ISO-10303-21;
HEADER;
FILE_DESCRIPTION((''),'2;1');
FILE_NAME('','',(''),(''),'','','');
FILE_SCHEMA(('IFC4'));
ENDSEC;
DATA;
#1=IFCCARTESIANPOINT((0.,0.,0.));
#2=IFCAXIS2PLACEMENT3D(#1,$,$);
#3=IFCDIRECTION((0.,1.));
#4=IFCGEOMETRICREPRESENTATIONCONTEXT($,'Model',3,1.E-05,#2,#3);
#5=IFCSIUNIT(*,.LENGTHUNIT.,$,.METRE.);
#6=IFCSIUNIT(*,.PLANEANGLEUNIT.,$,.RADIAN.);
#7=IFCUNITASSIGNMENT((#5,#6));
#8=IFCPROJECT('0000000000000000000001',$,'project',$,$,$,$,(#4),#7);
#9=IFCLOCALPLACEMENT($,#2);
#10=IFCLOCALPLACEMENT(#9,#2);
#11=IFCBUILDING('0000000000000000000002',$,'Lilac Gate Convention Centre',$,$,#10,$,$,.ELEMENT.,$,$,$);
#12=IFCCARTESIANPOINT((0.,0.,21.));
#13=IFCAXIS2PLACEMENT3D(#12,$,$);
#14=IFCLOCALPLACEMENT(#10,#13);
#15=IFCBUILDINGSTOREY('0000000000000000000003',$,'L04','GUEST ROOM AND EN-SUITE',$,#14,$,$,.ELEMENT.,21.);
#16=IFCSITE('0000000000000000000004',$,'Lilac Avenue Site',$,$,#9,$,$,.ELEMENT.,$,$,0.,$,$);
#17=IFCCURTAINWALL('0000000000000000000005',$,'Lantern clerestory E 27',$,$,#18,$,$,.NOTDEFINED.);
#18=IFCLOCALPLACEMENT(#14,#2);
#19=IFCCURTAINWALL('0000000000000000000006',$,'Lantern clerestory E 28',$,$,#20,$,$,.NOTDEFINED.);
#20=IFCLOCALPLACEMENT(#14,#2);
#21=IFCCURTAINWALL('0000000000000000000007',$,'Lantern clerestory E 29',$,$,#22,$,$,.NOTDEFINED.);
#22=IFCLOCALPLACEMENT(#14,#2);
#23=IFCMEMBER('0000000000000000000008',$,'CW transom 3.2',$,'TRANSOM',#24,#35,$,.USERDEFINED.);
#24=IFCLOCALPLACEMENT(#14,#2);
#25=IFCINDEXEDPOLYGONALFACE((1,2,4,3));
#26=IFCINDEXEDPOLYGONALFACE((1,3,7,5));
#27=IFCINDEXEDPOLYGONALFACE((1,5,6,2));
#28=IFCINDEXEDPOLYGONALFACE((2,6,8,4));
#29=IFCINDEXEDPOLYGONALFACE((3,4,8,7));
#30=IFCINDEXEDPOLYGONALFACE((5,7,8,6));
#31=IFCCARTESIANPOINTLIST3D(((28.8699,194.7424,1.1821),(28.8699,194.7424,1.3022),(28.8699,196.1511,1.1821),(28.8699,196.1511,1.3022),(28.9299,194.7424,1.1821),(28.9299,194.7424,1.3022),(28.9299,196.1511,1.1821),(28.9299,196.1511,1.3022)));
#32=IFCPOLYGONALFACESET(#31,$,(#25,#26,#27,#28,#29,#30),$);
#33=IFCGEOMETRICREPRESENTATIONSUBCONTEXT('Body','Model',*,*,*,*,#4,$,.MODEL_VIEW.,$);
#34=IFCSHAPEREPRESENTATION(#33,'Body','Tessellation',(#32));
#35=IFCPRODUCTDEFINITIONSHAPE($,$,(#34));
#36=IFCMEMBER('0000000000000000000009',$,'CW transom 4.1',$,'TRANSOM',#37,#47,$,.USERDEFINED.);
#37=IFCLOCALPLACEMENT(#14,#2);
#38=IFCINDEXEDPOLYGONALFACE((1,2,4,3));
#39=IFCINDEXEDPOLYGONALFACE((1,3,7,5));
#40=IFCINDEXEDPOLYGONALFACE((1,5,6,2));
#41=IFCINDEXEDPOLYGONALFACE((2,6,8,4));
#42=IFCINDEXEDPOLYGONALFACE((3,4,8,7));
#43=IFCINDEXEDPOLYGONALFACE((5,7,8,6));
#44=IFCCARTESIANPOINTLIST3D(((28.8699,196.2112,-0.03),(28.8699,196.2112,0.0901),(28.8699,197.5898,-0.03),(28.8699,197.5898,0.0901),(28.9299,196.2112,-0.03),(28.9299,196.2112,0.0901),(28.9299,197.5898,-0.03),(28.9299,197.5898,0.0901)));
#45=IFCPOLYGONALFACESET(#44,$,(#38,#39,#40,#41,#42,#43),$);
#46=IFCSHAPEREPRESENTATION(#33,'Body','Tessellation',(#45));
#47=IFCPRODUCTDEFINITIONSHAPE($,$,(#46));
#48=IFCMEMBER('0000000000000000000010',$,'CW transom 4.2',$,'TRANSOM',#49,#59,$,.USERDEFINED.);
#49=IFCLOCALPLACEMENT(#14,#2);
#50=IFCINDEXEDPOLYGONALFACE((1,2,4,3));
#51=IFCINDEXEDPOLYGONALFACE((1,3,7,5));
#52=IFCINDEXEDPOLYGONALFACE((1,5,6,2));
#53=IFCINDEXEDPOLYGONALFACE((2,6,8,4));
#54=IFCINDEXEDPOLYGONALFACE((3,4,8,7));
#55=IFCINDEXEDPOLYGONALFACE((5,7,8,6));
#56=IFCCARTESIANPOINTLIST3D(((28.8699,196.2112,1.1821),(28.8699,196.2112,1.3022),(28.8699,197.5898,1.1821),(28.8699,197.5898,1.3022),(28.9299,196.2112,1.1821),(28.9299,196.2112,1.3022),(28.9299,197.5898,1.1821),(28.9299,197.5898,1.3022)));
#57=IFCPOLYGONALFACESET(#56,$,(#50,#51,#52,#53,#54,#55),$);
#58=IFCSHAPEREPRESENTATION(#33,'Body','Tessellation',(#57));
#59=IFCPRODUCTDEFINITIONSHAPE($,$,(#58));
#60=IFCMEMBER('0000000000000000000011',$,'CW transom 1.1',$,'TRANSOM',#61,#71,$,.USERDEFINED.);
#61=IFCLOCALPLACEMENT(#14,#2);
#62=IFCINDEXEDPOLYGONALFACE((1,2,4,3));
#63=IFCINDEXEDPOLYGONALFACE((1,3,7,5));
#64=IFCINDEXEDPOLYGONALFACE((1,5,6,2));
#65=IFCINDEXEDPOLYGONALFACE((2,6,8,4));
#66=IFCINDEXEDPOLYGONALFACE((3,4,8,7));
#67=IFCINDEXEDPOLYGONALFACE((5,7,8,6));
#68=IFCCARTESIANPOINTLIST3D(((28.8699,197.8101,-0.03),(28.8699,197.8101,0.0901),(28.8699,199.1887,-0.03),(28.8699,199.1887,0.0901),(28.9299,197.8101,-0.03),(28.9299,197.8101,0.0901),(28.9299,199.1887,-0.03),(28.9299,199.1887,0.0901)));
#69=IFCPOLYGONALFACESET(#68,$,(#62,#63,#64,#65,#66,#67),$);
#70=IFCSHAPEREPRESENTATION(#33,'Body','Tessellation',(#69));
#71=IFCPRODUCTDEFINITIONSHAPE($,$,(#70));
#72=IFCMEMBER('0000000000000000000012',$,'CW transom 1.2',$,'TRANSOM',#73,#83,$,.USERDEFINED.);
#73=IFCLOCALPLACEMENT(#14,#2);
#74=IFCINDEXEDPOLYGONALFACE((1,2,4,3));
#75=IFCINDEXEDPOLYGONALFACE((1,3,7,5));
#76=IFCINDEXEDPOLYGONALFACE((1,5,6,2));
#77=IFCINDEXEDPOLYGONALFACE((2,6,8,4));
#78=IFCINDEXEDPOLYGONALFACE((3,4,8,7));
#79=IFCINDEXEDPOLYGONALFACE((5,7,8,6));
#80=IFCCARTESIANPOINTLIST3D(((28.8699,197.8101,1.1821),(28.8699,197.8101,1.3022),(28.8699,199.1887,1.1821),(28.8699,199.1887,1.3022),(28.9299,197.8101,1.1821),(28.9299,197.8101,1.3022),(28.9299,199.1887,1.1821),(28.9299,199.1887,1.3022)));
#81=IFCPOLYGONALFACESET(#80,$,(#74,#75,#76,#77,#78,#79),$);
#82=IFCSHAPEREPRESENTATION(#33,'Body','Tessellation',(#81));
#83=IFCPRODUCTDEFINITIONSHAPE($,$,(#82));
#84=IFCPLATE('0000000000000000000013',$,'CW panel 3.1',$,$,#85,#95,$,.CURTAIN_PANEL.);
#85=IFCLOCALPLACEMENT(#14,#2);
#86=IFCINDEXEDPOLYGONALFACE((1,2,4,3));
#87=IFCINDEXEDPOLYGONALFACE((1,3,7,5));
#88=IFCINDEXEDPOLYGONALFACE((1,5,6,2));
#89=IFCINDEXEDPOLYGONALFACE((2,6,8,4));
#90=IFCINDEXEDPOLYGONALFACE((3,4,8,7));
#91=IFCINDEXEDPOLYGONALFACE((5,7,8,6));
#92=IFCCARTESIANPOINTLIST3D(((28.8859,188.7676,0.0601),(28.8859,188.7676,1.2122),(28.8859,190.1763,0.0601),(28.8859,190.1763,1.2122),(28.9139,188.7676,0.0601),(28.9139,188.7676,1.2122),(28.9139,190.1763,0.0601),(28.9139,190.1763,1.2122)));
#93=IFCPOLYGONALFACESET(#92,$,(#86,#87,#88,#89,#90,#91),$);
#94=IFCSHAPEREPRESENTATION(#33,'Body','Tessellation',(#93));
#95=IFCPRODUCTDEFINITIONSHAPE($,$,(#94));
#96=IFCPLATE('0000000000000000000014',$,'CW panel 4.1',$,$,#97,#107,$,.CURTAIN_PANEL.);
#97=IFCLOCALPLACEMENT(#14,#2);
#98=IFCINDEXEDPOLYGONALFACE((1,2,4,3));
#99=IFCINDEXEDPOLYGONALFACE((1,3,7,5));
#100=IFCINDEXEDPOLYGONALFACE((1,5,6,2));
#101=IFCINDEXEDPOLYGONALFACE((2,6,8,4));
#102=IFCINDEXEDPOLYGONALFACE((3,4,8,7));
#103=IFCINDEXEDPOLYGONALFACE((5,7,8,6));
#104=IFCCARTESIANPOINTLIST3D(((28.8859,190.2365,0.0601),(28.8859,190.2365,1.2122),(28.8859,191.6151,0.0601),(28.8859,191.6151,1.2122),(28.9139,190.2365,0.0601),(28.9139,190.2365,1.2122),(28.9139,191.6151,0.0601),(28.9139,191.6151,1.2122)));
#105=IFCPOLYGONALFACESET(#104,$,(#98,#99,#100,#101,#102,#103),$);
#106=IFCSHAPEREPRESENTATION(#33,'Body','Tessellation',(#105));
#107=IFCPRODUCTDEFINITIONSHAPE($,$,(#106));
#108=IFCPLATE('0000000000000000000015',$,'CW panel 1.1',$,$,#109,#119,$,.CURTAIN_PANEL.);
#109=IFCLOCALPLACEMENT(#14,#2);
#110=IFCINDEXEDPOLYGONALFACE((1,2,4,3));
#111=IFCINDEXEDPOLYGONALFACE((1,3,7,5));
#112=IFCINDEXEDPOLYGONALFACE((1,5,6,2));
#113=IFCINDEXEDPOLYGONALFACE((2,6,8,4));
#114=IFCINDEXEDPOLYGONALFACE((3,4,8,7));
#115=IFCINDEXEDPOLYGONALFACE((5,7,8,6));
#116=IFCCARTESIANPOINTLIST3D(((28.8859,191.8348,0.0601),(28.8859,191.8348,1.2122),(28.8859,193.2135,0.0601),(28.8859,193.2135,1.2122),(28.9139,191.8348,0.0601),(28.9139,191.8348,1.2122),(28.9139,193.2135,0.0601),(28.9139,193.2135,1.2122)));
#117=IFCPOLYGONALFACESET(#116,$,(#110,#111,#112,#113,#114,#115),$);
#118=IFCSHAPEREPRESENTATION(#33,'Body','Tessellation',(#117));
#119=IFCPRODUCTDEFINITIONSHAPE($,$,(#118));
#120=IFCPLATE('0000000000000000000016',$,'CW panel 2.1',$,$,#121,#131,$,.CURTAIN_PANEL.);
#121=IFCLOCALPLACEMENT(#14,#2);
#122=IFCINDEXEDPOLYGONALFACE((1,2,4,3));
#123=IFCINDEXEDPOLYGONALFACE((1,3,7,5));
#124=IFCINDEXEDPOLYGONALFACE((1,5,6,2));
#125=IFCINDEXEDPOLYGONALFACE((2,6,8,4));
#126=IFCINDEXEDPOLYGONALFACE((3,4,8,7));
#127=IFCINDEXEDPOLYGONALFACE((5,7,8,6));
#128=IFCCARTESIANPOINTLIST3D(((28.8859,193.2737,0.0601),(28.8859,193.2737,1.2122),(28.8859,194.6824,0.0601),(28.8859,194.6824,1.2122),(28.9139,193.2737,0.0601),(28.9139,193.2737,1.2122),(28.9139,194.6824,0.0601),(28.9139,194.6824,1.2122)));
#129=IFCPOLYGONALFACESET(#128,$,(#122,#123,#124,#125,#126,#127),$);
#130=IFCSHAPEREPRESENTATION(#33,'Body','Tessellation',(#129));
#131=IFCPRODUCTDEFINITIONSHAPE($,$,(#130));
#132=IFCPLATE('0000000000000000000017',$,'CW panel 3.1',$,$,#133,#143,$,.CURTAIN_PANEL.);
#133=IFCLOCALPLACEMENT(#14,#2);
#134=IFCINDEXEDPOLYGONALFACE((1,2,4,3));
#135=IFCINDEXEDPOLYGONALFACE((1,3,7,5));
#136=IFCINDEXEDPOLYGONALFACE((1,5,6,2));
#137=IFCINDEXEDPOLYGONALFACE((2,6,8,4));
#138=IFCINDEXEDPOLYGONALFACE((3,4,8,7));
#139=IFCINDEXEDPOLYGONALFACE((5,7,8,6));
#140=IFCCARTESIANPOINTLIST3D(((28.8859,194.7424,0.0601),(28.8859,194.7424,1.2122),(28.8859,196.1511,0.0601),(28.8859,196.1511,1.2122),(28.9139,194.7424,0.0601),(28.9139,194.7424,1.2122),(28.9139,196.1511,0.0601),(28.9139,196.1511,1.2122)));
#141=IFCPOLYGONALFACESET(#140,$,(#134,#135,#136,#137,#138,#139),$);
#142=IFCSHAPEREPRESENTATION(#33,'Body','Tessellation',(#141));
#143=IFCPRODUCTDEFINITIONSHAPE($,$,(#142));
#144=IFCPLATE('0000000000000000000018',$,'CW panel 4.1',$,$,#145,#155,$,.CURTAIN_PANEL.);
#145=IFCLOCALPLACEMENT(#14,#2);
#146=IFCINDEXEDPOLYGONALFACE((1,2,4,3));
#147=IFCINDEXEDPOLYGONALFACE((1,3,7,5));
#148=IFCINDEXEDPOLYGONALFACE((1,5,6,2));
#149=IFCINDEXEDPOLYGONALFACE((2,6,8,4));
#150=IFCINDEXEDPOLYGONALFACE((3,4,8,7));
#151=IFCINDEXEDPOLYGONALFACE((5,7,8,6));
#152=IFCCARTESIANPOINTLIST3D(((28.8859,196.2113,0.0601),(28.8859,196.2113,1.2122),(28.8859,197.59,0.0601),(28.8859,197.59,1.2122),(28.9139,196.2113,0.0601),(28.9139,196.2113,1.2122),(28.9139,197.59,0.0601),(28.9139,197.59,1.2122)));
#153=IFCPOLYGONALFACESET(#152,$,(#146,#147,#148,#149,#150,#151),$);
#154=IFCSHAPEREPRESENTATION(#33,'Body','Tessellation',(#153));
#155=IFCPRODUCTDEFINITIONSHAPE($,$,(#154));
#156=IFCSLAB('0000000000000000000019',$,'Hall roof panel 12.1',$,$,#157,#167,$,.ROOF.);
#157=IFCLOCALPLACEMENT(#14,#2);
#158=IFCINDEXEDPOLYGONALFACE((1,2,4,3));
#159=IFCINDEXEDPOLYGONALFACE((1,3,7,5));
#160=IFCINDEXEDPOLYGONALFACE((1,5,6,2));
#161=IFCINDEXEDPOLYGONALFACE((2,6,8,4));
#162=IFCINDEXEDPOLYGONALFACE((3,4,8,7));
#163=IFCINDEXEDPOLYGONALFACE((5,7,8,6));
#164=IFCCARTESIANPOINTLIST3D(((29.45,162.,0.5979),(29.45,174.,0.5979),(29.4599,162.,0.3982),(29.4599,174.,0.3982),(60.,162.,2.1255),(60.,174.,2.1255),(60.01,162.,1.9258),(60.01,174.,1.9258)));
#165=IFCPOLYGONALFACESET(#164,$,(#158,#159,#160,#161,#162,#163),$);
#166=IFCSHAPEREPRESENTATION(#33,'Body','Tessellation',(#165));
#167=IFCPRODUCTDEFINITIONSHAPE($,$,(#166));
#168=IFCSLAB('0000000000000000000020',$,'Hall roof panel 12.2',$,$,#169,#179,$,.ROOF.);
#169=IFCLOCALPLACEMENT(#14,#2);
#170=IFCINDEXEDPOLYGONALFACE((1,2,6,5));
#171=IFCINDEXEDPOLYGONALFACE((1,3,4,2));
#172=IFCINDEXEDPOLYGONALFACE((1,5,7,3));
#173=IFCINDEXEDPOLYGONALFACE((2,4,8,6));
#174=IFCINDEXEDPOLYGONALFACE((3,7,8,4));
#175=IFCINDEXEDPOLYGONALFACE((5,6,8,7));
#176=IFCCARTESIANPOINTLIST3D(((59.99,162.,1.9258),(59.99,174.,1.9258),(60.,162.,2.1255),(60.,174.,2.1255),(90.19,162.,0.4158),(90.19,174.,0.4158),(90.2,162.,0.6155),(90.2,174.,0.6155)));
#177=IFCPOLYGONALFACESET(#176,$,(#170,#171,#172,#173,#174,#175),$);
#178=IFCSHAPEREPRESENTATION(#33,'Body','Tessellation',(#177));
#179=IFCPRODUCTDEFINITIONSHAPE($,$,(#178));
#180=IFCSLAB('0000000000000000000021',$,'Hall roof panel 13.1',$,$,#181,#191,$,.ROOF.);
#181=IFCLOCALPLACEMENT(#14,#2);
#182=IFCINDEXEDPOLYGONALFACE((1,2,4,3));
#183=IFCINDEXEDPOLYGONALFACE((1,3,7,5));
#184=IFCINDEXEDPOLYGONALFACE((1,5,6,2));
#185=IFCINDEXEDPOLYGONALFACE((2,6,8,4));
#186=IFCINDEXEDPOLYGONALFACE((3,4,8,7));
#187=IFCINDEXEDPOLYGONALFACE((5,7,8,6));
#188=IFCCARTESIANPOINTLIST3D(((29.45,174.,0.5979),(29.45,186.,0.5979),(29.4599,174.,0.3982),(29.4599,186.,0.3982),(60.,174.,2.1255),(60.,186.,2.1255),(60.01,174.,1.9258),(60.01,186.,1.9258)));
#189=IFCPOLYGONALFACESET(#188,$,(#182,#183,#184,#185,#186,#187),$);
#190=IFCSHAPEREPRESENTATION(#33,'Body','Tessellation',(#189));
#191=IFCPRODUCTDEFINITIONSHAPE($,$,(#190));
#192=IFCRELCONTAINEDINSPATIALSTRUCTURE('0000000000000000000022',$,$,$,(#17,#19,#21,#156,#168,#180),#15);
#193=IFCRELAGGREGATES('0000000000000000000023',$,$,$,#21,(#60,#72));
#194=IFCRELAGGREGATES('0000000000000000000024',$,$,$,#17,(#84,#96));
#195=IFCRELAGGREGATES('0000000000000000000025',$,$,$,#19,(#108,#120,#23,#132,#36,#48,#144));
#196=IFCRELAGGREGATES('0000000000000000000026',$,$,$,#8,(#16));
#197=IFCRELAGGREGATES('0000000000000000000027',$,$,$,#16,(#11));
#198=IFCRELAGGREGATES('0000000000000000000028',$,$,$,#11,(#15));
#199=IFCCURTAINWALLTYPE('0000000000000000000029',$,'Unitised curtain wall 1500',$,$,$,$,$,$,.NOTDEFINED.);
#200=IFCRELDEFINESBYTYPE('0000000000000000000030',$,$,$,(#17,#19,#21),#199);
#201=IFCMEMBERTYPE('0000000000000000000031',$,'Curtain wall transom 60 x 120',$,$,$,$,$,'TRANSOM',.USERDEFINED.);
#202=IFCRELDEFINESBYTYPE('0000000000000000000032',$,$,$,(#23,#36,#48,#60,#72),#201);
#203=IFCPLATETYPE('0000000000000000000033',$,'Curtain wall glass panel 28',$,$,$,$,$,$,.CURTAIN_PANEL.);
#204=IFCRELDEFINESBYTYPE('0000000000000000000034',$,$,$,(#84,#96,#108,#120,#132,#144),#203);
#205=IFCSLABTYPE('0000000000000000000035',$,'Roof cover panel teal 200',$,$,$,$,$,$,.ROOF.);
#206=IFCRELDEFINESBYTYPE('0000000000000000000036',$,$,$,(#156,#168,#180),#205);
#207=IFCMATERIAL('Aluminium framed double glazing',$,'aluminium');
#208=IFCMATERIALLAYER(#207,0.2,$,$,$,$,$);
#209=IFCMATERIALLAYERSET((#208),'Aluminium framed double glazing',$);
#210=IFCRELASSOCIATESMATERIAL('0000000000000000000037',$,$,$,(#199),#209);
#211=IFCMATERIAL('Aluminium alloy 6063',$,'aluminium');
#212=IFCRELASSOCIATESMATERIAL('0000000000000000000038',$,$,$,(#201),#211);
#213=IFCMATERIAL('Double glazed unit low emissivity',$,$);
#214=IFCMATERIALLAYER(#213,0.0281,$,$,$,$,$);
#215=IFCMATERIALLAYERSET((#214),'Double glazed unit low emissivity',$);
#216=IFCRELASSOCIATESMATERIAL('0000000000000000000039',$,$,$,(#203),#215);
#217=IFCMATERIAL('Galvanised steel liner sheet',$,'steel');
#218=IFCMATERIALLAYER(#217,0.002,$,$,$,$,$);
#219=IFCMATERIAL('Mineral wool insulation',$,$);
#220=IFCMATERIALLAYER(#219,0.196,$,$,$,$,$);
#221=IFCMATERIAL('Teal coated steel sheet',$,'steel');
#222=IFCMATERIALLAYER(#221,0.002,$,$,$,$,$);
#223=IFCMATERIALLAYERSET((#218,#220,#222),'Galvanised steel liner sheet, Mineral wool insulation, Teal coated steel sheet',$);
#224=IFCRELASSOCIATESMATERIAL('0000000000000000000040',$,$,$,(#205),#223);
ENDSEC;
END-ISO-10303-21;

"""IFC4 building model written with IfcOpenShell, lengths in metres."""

from ifc_helpers import new_model, si_unit, direction, frame, origin, origin_2d, place, context, subcontext, project, spatial, polyline, rectangle, outline, extrude, material, layer, layer_set, material_profile, profile_set, type_object, element, aggregate, save


model = new_model("IFC4")

# Units and contexts
model_context = context("Model", 3, precision=1e-05, world=origin(), true_north=direction((0.0, 1.0)))
body_context = subcontext(model_context, "Body", "Model", "MODEL_VIEW")
ifc_project = project(units=[si_unit("LENGTHUNIT", "METRE"), si_unit("PLANEANGLEUNIT", "RADIAN")], contexts=[model_context])

# Site, building, storey
site_placement = place(None, origin())
site = spatial("IfcSite", under=ifc_project, at=site_placement, Name="Lilac Avenue Site", CompositionType="ELEMENT", RefElevation=0.0)
building_placement = place(site_placement, origin())
building = spatial("IfcBuilding", under=site, at=building_placement, Name="Lilac Gate Convention Centre", CompositionType="ELEMENT")
storey_placement = place(building_placement, frame((0.0, 0.0, 21.0)))
storey = spatial("IfcBuildingStorey", under=building, at=storey_placement, Name="L04", Description="GUEST ROOM AND EN-SUITE", CompositionType="ELEMENT", Elevation=21.0)

# Curtain walls
ifc_material_1 = material(Name="Aluminium framed double glazing", Category="aluminium")
ifc_layer_1 = layer(ifc_material_1, 0.2)
ifc_layer_set_1 = layer_set([ifc_layer_1], Name="Aluminium framed double glazing")
curtain_wall_type = type_object("IfcCurtainWallType", Name="Unitised curtain wall 1500", PredefinedType="NOTDEFINED", material=ifc_layer_set_1)
curtain_wall_1_placement = place(storey_placement, origin())
curtain_wall_1 = element("IfcCurtainWall", 1, at=curtain_wall_1_placement, inside=storey, type_object=curtain_wall_type, Name="Lantern clerestory E 27", PredefinedType="NOTDEFINED")
ifc_material_2 = material(Name="Aluminium alloy 6063", Category="aluminium")
curtain_wall_2_placement = place(storey_placement, origin())
curtain_wall_2 = element("IfcCurtainWall", 2, at=curtain_wall_2_placement, inside=storey, type_object=curtain_wall_type, Name="Lantern clerestory E 28", PredefinedType="NOTDEFINED")

# Curtain wall
curtain_wall_3_placement = place(storey_placement, origin())
curtain_wall_3 = element("IfcCurtainWall", 3, at=curtain_wall_3_placement, inside=storey, type_object=curtain_wall_type, Name="Lantern clerestory E 29", PredefinedType="NOTDEFINED")

# Members
ifc_material_profile_1 = material_profile(ifc_material_2, rectangle(XDim=0.0601, YDim=0.1201, at=origin_2d()), Name="Curtain wall transom 60 x 120")
ifc_profile_set_1 = profile_set([ifc_material_profile_1], Name="Aluminium alloy 6063")
member_type_1 = type_object("IfcMemberType", Name="Curtain wall transom 60 x 120", ElementType="TRANSOM", PredefinedType="USERDEFINED", material=ifc_profile_set_1)
member_1_placement = place(storey_placement, frame((28.8999, 194.7424, 1.2422), z_axis=(0.0, 1.0, 0.0), x_axis=(-1.0, 0.0, 0.0)))
member_1 = element("IfcMember", 4, at=member_1_placement, type_object=member_type_1, Name="CW transom 3.2", ObjectType="TRANSOM", PredefinedType="USERDEFINED", context=body_context, shape_type="SweptSolid", body=[
    extrude(rectangle(XDim=0.0601, YDim=0.1201, at=origin_2d()), origin(), (0.0, 0.0, 1.0), 1.4087),
])
member_2_placement = place(storey_placement, frame((28.8999, 196.2112, 0.03), z_axis=(0.0, 1.0, 0.0), x_axis=(-1.0, 0.0, 0.0)))
member_2 = element("IfcMember", 5, at=member_2_placement, type_object=member_type_1, Name="CW transom 4.1", ObjectType="TRANSOM", PredefinedType="USERDEFINED", context=body_context, shape_type="SweptSolid", body=[
    extrude(rectangle(XDim=0.0601, YDim=0.1201, at=origin_2d()), origin(), (0.0, 0.0, 1.0), 1.3787),
])
member_3_placement = place(storey_placement, frame((28.8999, 196.2112, 1.2422), z_axis=(0.0, 1.0, 0.0), x_axis=(-1.0, 0.0, 0.0)))
member_3 = element("IfcMember", 6, at=member_3_placement, type_object=member_type_1, Name="CW transom 4.2", ObjectType="TRANSOM", PredefinedType="USERDEFINED", context=body_context, shape_type="SweptSolid", body=[
    extrude(rectangle(XDim=0.0601, YDim=0.1201, at=origin_2d()), origin(), (0.0, 0.0, 1.0), 1.3787),
])
member_4_placement = place(storey_placement, frame((28.8999, 197.8101, 0.03), z_axis=(0.0, 1.0, 0.0), x_axis=(-1.0, 0.0, 0.0)))
member_4 = element("IfcMember", 7, at=member_4_placement, type_object=member_type_1, Name="CW transom 1.1", ObjectType="TRANSOM", PredefinedType="USERDEFINED", context=body_context, shape_type="SweptSolid", body=[
    extrude(rectangle(XDim=0.0601, YDim=0.1201, at=origin_2d()), origin(), (0.0, 0.0, 1.0), 1.3787),
])
member_5_placement = place(storey_placement, frame((28.8999, 197.8101, 1.2422), z_axis=(0.0, 1.0, 0.0), x_axis=(-1.0, 0.0, 0.0)))
member_5 = element("IfcMember", 8, at=member_5_placement, type_object=member_type_1, Name="CW transom 1.2", ObjectType="TRANSOM", PredefinedType="USERDEFINED", context=body_context, shape_type="SweptSolid", body=[
    extrude(rectangle(XDim=0.0601, YDim=0.1201, at=origin_2d()), origin(), (0.0, 0.0, 1.0), 1.3787),
])
aggregate(curtain_wall_3, [member_4, member_5])

# Plates
ifc_material_3 = material(Name="Double glazed unit low emissivity")
ifc_layer_2 = layer(ifc_material_3, 0.0281)
ifc_layer_set_2 = layer_set([ifc_layer_2], Name="Double glazed unit low emissivity")
plate_type = type_object("IfcPlateType", Name="Curtain wall glass panel 28", PredefinedType="CURTAIN_PANEL", material=ifc_layer_set_2)
plate_1_placement = place(storey_placement, frame((28.8999, 189.4719, 0.0601), z_axis=(0.0, 0.0, 1.0), x_axis=(0.0, 1.0, 0.0)))
plate_1 = element("IfcPlate", 9, at=plate_1_placement, type_object=plate_type, Name="CW panel 3.1", PredefinedType="CURTAIN_PANEL", context=body_context, shape_type="SweptSolid", body=[
    extrude(rectangle(XDim=1.4087, YDim=0.0281, at=origin_2d()), origin(), (0.0, 0.0, 1.0), 1.1521),
])
plate_2_placement = place(storey_placement, frame((28.8999, 190.9258, 0.0601), z_axis=(0.0, 0.0, 1.0), x_axis=(0.0, 1.0, 0.0)))
plate_2 = element("IfcPlate", 10, at=plate_2_placement, type_object=plate_type, Name="CW panel 4.1", PredefinedType="CURTAIN_PANEL", context=body_context, shape_type="SweptSolid", body=[
    extrude(rectangle(XDim=1.3787, YDim=0.0281, at=origin_2d()), origin(), (0.0, 0.0, 1.0), 1.1521),
])
aggregate(curtain_wall_1, [plate_1, plate_2])
plate_3_placement = place(storey_placement, frame((28.8999, 192.5242, 0.0601), z_axis=(0.0, 0.0, 1.0), x_axis=(0.0, 1.0, 0.0)))
plate_3 = element("IfcPlate", 11, at=plate_3_placement, type_object=plate_type, Name="CW panel 1.1", PredefinedType="CURTAIN_PANEL", context=body_context, shape_type="SweptSolid", body=[
    extrude(rectangle(XDim=1.3787, YDim=0.0281, at=origin_2d()), origin(), (0.0, 0.0, 1.0), 1.1521),
])
plate_4_placement = place(storey_placement, frame((28.8999, 193.978, 0.0601), z_axis=(0.0, 0.0, 1.0), x_axis=(0.0, 1.0, 0.0)))
plate_4 = element("IfcPlate", 12, at=plate_4_placement, type_object=plate_type, Name="CW panel 2.1", PredefinedType="CURTAIN_PANEL", context=body_context, shape_type="SweptSolid", body=[
    extrude(rectangle(XDim=1.4087, YDim=0.0281, at=origin_2d()), origin(), (0.0, 0.0, 1.0), 1.1521),
])
plate_5_placement = place(storey_placement, frame((28.8999, 195.4468, 0.0601), z_axis=(0.0, 0.0, 1.0), x_axis=(0.0, 1.0, 0.0)))
plate_5 = element("IfcPlate", 13, at=plate_5_placement, type_object=plate_type, Name="CW panel 3.1", PredefinedType="CURTAIN_PANEL", context=body_context, shape_type="SweptSolid", body=[
    extrude(rectangle(XDim=1.4087, YDim=0.0281, at=origin_2d()), origin(), (0.0, 0.0, 1.0), 1.1521),
])
plate_6_placement = place(storey_placement, frame((28.8999, 196.9006, 0.0601), z_axis=(0.0, 0.0, 1.0), x_axis=(0.0, 1.0, 0.0)))
plate_6 = element("IfcPlate", 14, at=plate_6_placement, type_object=plate_type, Name="CW panel 4.1", PredefinedType="CURTAIN_PANEL", context=body_context, shape_type="SweptSolid", body=[
    extrude(rectangle(XDim=1.3787, YDim=0.0281, at=origin_2d()), origin(), (0.0, 0.0, 1.0), 1.1521),
])
aggregate(curtain_wall_2, [plate_3, plate_4, member_1, plate_5, member_2, member_3, plate_6])

# Slabs
ifc_material_4 = material(Name="Galvanised steel liner sheet", Category="steel")
ifc_layer_3 = layer(ifc_material_4, 0.002)
ifc_material_5 = material(Name="Mineral wool insulation")
ifc_layer_4 = layer(ifc_material_5, 0.196)
ifc_material_6 = material(Name="Teal coated steel sheet", Category="steel")
ifc_layer_5 = layer(ifc_material_6, 0.002)
ifc_layer_set_3 = layer_set([ifc_layer_3, ifc_layer_4, ifc_layer_5], Name="Galvanised steel liner sheet, Mineral wool insulation, Teal coated steel sheet")
slab_type_1 = type_object("IfcSlabType", Name="Roof cover panel teal 200", PredefinedType="ROOF", material=ifc_layer_set_3)
slab_1_placement = place(storey_placement, frame((29.45, 162.0, 0.5979), z_axis=(-0.04994, 0.0, 0.998752), x_axis=(0.998752, 0.0, 0.04994)))
element("IfcSlab", 15, at=slab_1_placement, inside=storey, type_object=slab_type_1, Name="Hall roof panel 12.1", PredefinedType="ROOF", context=body_context, shape_type="SweptSolid", body=[
    extrude(outline(polyline([(0.0, 0.0), (30.5882, 0.0), (30.5882, 12.0), (0.0, 12.0), (0.0, 0.0)])), origin(), (0.0, 0.0, -1.0), 0.2),
])
slab_2_placement = place(storey_placement, frame((60.0, 162.0, 2.1255), z_axis=(0.049938, 0.0, 0.998752), x_axis=(0.998752, 0.0, -0.049938)))
element("IfcSlab", 16, at=slab_2_placement, inside=storey, type_object=slab_type_1, Name="Hall roof panel 12.2", PredefinedType="ROOF", context=body_context, shape_type="SweptSolid", body=[
    extrude(outline(polyline([(0.0, 0.0), (30.2377, 0.0), (30.2377, 12.0), (0.0, 12.0), (0.0, 0.0)])), origin(), (0.0, 0.0, -1.0), 0.2),
])
slab_3_placement = place(storey_placement, frame((29.45, 174.0, 0.5979), z_axis=(-0.04994, 0.0, 0.998752), x_axis=(0.998752, 0.0, 0.04994)))
element("IfcSlab", 17, at=slab_3_placement, inside=storey, type_object=slab_type_1, Name="Hall roof panel 13.1", PredefinedType="ROOF", context=body_context, shape_type="SweptSolid", body=[
    extrude(outline(polyline([(0.0, 0.0), (30.5882, 0.0), (30.5882, 12.0), (0.0, 12.0), (0.0, 0.0)])), origin(), (0.0, 0.0, -1.0), 0.2),
])

save(model, "model.ifc")
